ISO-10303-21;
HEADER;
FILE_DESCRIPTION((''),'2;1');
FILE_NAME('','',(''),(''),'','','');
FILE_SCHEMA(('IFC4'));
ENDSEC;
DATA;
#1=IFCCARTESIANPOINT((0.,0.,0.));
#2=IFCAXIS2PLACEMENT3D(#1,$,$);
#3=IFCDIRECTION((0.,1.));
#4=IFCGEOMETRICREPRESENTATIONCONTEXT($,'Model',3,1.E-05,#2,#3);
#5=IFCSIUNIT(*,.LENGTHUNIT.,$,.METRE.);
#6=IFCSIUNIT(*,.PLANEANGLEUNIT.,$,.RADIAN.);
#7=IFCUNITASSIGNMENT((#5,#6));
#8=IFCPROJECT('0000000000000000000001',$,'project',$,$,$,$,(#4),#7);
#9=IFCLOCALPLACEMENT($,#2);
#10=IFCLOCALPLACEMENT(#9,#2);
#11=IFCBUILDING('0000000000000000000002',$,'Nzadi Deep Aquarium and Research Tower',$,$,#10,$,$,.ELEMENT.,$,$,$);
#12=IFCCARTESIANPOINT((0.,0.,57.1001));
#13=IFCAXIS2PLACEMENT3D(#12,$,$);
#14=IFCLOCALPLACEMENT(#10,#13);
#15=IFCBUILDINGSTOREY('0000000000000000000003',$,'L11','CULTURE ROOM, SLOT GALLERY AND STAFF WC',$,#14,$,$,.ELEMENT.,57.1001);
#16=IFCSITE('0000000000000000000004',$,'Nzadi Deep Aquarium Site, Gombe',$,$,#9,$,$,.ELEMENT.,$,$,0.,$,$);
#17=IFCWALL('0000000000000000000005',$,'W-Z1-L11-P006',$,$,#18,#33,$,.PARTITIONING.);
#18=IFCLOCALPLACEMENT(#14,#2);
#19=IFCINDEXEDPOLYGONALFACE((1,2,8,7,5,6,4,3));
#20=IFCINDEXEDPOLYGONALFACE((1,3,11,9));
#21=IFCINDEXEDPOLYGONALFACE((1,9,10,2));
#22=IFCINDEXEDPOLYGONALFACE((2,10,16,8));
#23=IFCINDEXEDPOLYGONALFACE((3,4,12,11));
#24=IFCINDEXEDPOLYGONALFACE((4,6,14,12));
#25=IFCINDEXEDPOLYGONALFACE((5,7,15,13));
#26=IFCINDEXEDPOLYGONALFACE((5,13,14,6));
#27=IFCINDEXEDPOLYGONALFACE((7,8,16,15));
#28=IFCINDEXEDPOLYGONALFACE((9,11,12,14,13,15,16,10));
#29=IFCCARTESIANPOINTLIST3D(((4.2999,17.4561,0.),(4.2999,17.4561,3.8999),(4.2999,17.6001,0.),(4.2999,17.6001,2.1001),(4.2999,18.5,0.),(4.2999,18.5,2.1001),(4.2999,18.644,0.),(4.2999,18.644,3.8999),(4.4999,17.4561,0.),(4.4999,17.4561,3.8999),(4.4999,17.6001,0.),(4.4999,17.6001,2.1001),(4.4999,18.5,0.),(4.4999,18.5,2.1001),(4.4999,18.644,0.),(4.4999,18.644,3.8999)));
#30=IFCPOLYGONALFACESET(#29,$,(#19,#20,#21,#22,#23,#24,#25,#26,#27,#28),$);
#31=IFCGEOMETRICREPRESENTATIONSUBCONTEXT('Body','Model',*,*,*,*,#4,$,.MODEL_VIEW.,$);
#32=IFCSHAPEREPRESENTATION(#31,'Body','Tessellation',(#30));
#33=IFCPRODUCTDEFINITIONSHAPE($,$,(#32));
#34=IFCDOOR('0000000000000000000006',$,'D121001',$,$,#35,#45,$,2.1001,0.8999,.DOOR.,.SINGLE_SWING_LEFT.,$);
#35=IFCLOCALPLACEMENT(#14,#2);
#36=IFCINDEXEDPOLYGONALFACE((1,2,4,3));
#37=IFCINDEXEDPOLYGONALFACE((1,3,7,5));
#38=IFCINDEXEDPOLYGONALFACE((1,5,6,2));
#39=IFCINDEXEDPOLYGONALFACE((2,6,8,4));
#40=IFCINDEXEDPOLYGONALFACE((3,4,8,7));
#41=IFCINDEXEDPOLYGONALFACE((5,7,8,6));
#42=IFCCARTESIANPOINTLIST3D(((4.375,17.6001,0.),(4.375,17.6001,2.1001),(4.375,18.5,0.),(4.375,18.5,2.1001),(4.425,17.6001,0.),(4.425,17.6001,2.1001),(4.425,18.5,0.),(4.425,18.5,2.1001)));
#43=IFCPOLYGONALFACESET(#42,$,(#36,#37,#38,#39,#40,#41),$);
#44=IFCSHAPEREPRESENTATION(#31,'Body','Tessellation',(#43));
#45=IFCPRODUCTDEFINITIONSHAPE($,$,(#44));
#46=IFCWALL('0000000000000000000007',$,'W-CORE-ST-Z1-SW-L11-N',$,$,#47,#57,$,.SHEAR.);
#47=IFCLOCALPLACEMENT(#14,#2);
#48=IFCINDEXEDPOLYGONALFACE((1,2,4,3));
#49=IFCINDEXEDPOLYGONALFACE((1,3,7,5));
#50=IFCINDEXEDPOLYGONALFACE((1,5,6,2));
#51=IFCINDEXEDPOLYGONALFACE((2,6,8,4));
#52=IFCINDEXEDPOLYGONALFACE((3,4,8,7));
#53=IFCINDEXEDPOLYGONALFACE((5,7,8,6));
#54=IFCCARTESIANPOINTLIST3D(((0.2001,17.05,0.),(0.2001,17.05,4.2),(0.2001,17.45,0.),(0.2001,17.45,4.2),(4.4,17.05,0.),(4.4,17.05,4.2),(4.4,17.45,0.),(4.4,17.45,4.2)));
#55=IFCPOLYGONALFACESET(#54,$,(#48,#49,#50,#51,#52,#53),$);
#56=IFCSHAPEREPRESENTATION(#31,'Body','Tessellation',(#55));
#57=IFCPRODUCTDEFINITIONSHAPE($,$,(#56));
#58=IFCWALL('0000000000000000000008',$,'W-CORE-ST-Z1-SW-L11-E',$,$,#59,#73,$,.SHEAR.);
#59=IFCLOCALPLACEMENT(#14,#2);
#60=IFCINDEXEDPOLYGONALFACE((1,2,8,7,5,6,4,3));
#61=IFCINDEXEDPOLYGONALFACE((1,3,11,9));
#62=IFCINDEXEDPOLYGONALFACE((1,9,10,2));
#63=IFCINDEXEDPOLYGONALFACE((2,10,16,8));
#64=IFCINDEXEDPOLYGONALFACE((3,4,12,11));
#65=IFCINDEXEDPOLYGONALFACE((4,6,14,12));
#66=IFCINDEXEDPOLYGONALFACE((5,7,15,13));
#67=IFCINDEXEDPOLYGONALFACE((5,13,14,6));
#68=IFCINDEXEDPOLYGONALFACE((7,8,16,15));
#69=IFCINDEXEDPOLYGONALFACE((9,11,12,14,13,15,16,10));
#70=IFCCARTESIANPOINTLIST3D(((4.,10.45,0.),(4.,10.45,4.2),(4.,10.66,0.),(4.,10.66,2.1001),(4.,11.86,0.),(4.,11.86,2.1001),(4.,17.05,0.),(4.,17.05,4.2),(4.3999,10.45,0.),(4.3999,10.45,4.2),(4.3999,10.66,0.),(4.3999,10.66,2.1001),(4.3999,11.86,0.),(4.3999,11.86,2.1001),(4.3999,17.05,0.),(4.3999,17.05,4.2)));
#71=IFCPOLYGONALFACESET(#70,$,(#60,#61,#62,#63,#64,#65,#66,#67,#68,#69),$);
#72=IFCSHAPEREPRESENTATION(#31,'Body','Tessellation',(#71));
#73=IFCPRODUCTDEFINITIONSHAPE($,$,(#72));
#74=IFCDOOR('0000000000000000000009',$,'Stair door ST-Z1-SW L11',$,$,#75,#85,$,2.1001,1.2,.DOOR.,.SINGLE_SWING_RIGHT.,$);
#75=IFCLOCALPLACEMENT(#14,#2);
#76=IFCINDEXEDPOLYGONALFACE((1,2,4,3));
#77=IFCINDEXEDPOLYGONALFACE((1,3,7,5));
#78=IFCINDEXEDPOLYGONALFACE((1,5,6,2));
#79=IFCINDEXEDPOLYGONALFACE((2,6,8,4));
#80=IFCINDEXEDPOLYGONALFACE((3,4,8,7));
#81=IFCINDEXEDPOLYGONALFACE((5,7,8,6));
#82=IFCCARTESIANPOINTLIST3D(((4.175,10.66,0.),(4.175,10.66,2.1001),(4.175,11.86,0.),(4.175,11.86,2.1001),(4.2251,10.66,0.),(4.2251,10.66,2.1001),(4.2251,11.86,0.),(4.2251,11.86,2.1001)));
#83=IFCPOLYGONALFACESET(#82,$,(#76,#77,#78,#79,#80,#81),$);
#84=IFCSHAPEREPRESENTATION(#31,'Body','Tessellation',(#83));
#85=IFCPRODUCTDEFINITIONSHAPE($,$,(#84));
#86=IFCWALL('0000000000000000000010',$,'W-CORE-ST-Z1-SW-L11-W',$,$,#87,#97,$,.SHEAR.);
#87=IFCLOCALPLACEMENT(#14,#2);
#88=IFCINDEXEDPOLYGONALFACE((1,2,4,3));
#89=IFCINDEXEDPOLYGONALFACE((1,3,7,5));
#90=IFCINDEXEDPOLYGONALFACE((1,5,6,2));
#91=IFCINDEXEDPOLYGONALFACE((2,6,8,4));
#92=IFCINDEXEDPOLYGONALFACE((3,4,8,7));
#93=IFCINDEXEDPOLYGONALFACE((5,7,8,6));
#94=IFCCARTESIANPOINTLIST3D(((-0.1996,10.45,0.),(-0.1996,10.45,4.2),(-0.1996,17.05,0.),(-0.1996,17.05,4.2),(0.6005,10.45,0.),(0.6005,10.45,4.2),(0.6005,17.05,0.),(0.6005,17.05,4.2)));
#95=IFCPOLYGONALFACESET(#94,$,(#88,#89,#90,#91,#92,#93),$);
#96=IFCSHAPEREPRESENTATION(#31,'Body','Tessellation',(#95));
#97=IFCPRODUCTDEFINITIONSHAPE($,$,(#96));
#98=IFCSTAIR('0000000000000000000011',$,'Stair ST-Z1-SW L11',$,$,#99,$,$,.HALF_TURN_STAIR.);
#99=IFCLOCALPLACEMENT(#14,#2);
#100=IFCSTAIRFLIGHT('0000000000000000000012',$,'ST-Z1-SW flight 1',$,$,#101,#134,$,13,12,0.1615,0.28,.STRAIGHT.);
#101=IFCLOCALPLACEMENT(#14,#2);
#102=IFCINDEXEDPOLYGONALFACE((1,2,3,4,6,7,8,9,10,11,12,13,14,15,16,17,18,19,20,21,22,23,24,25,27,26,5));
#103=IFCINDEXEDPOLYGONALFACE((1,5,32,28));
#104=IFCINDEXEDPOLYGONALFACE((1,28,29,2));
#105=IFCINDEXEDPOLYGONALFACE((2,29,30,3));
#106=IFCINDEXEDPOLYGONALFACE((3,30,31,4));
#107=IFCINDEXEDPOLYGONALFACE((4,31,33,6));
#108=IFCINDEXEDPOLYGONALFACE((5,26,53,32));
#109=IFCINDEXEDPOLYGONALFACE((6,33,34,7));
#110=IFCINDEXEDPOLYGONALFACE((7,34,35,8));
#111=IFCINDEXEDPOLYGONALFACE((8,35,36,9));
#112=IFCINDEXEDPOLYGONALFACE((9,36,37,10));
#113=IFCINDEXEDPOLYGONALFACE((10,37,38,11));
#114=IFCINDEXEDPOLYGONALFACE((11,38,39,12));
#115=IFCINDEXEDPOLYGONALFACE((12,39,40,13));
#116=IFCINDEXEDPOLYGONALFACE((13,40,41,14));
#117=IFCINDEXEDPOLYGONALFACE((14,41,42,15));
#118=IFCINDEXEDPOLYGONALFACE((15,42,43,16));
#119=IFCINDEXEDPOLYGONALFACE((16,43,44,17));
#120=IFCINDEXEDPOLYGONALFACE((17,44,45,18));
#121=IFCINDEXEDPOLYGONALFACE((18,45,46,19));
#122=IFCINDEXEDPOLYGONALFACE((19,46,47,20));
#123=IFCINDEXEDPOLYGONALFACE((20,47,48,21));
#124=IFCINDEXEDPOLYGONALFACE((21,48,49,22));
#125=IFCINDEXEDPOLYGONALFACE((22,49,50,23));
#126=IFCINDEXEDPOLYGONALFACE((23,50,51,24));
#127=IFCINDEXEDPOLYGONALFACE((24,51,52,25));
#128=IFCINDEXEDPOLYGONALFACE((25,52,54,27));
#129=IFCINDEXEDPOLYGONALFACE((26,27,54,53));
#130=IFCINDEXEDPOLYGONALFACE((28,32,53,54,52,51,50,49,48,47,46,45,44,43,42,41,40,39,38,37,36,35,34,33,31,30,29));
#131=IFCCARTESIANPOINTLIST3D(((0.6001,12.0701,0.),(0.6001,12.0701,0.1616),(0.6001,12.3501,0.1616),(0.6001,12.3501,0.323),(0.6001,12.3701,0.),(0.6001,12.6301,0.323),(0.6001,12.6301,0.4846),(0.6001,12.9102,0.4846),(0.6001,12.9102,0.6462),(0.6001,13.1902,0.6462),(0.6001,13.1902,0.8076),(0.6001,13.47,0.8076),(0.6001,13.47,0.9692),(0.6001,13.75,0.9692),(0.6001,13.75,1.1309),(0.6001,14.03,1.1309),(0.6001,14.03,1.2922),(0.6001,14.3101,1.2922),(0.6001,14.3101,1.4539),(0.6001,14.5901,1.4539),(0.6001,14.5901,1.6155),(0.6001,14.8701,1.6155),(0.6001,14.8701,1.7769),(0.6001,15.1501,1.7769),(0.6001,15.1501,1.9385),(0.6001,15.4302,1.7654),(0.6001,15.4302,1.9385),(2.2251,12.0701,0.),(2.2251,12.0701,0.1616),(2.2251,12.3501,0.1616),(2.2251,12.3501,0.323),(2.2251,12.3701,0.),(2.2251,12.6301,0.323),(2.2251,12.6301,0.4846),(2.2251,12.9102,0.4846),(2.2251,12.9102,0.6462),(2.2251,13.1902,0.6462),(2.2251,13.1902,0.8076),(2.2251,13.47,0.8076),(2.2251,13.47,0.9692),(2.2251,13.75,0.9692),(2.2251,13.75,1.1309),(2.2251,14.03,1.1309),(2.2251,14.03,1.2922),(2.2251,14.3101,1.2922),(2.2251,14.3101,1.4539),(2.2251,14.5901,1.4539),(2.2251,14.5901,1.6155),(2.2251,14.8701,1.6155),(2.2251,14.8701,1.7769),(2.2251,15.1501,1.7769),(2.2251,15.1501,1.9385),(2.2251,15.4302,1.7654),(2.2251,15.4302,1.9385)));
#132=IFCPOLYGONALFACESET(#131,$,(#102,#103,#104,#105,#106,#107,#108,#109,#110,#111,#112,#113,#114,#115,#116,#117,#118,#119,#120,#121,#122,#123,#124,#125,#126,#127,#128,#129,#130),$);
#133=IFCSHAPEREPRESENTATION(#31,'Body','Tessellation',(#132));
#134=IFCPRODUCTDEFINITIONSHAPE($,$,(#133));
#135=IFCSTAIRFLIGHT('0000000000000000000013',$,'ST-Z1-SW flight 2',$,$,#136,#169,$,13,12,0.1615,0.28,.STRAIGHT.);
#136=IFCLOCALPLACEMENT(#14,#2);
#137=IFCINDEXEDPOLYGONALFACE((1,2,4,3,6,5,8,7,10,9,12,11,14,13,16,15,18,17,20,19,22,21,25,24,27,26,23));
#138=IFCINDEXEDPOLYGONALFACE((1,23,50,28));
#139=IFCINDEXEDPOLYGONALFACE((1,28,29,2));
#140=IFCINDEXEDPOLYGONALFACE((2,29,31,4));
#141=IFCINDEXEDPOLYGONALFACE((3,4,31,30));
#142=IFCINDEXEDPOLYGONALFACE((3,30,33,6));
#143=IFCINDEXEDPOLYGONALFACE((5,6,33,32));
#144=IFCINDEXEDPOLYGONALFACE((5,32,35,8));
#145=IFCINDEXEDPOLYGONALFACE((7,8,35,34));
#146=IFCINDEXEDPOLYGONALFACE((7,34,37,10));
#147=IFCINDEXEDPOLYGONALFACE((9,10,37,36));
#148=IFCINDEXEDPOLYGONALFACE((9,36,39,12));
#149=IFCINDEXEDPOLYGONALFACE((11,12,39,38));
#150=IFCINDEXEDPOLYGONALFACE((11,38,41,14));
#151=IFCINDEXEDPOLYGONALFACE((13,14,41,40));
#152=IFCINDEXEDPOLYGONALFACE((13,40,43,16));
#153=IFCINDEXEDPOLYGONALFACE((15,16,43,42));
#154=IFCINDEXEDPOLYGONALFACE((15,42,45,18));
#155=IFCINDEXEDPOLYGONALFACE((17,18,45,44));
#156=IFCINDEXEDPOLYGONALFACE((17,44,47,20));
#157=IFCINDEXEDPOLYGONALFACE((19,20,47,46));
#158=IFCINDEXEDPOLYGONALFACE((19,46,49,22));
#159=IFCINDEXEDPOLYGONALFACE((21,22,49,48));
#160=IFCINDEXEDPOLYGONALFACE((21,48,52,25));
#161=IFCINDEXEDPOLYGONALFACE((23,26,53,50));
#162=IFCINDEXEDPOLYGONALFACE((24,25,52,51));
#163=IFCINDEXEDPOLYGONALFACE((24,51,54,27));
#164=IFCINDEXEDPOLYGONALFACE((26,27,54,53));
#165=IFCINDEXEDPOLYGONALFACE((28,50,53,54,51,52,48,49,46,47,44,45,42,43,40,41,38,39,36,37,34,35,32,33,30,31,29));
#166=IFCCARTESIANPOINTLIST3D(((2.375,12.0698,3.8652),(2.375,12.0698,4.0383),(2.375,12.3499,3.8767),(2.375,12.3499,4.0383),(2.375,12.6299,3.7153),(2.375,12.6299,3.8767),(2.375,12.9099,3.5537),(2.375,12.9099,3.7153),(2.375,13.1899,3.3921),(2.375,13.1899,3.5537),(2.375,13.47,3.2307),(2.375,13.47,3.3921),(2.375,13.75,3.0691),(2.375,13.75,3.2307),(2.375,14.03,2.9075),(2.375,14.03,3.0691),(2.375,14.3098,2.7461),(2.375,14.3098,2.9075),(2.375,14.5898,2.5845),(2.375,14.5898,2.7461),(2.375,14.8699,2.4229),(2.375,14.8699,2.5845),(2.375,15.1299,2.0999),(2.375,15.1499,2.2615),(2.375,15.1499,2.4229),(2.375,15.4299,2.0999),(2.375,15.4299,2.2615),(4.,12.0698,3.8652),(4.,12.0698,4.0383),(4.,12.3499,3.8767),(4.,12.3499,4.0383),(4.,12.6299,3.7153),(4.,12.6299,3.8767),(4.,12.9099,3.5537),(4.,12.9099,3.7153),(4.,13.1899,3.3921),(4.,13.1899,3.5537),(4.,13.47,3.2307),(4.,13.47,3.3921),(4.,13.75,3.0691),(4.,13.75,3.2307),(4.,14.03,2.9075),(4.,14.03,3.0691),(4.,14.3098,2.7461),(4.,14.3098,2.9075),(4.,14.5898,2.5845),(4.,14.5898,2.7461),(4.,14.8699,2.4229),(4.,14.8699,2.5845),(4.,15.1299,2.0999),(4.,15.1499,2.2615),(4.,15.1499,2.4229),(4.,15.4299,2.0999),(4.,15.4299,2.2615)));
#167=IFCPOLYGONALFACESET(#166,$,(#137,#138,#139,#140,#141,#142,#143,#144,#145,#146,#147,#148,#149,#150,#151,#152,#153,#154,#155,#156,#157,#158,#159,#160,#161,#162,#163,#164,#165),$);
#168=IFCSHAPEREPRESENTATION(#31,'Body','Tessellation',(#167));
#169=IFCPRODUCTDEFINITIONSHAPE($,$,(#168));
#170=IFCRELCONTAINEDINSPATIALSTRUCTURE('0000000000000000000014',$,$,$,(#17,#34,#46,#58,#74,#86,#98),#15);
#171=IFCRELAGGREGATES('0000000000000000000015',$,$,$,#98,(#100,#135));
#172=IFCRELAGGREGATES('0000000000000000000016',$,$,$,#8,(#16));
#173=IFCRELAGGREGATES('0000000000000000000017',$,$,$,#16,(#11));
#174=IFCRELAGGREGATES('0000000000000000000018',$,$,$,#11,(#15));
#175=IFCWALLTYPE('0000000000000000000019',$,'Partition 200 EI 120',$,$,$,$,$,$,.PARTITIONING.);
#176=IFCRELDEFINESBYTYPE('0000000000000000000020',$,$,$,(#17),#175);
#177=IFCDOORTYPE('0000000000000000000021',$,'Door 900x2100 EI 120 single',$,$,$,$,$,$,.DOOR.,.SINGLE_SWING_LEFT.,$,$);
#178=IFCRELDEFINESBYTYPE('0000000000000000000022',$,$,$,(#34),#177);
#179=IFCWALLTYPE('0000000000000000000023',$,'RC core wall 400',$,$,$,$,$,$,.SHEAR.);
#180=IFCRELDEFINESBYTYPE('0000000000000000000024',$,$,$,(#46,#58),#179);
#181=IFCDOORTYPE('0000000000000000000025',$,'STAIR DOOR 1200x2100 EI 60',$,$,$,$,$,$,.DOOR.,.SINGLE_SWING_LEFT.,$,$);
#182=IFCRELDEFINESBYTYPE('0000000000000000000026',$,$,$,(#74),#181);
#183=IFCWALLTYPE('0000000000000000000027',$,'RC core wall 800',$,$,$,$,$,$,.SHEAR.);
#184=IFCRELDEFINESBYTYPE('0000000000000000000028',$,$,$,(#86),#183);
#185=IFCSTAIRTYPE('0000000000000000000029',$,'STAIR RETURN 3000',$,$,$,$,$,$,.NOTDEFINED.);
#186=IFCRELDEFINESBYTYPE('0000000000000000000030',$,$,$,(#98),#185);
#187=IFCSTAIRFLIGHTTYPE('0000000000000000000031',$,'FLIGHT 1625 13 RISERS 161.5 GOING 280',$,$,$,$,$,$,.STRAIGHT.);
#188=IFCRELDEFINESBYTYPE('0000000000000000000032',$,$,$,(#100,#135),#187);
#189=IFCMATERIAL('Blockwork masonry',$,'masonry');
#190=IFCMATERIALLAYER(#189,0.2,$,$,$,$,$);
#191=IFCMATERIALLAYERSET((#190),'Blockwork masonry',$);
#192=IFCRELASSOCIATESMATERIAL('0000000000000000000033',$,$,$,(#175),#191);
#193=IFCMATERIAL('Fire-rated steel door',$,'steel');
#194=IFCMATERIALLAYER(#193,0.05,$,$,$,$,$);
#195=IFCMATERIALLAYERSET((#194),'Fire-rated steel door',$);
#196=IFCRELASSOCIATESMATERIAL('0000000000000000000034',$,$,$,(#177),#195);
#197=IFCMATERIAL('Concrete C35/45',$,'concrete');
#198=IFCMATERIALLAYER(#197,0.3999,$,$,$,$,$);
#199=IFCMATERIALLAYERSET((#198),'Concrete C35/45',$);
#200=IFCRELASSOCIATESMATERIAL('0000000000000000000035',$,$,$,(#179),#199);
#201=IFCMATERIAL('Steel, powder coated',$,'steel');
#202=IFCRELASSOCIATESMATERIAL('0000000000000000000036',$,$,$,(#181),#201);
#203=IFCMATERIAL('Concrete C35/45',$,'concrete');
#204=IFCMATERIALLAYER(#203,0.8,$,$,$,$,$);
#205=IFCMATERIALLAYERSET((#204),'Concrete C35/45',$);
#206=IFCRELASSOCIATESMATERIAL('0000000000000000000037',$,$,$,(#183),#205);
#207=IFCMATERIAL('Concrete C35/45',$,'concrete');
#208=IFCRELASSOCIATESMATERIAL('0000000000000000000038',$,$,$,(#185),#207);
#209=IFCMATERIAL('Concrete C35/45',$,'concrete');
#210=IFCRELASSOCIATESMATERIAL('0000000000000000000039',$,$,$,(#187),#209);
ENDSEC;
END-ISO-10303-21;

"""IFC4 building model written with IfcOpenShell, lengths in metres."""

from ifc_helpers import new_model, si_unit, direction, frame, frame_2d, origin, place, context, subcontext, project, spatial, polyline, rectangle, outline, extrude, material, layer, layer_set, type_object, element, fill, aggregate, save


model = new_model("IFC4")

# Units and contexts
model_context = context("Model", 3, precision=1e-05, world=origin(), true_north=direction((0.0, 1.0)))
body_context = subcontext(model_context, "Body", "Model", "MODEL_VIEW")
ifc_project = project(units=[si_unit("LENGTHUNIT", "METRE"), si_unit("PLANEANGLEUNIT", "RADIAN")], contexts=[model_context])

# Site, building, storey
site_placement = place(None, origin())
site = spatial("IfcSite", under=ifc_project, at=site_placement, Name="Nzadi Deep Aquarium Site, Gombe", CompositionType="ELEMENT", RefElevation=0.0)
building_placement = place(site_placement, origin())
building = spatial("IfcBuilding", under=site, at=building_placement, Name="Nzadi Deep Aquarium and Research Tower", CompositionType="ELEMENT")
storey_placement = place(building_placement, frame((0.0, 0.0, 57.1001)))
storey = spatial("IfcBuildingStorey", under=building, at=storey_placement, Name="L11", Description="CULTURE ROOM, SLOT GALLERY AND STAFF WC", CompositionType="ELEMENT", Elevation=57.1001)

# Wall, opening, door
ifc_material_1 = material(Name="Blockwork masonry", Category="masonry")
ifc_layer_1 = layer(ifc_material_1, 0.2)
ifc_layer_set_1 = layer_set([ifc_layer_1], Name="Blockwork masonry")
wall_type_1 = type_object("IfcWallType", Name="Partition 200 EI 120", PredefinedType="PARTITIONING", material=ifc_layer_set_1)
wall_1_placement = place(storey_placement, frame((4.3999, 17.4561, 0.0), z_axis=(0.0, 0.0, 1.0), x_axis=(0.0, 1.0, 0.0)))
wall_1 = element("IfcWall", 1, at=wall_1_placement, inside=storey, type_object=wall_type_1, Name="W-Z1-L11-P006", PredefinedType="PARTITIONING", context=body_context, shape_type="SweptSolid", body=[
    extrude(rectangle(XDim=1.188, YDim=0.2, at=frame_2d((0.594, 0.0))), origin(), (0.0, 0.0, 1.0), 3.8999),
])
opening_1_placement = place(wall_1_placement, frame((0.144, 0.0, 0.0)))
opening_1 = element("IfcOpeningElement", 2, at=opening_1_placement, cuts=wall_1, PredefinedType="OPENING", context=body_context, shape_type="SweptSolid", body=[
    extrude(rectangle(XDim=0.8999, YDim=2.1001, at=frame_2d((0.45, 1.05))), frame((0.0, 0.1101, 0.0), z_axis=(0.0, -1.0, 0.0), x_axis=(1.0, 0.0, 0.0)), (0.0, 0.0, 1.0), 0.2202),
])
ifc_material_2 = material(Name="Fire-rated steel door", Category="steel")
ifc_layer_2 = layer(ifc_material_2, 0.05)
ifc_layer_set_2 = layer_set([ifc_layer_2], Name="Fire-rated steel door")
door_type_1 = type_object("IfcDoorType", Name="Door 900x2100 EI 120 single", OperationType="SINGLE_SWING_LEFT", PredefinedType="DOOR", material=ifc_layer_set_2)
door_1_placement = place(opening_1_placement, origin())
door_1 = element("IfcDoor", 3, at=door_1_placement, inside=storey, type_object=door_type_1, Name="D121001", OperationType="SINGLE_SWING_LEFT", OverallHeight=2.1001, OverallWidth=0.8999, PredefinedType="DOOR", context=body_context, shape_type="SweptSolid", body=[
    extrude(rectangle(XDim=0.8999, YDim=2.1001, at=frame_2d((0.45, 1.05))), frame((0.0, 0.0249, 0.0), z_axis=(0.0, -1.0, 0.0), x_axis=(1.0, 0.0, 0.0)), (0.0, 0.0, 1.0), 0.05),
])
fill(opening_1, door_1)

# Wall
ifc_material_3 = material(Name="Concrete C35/45", Category="concrete")
ifc_layer_3 = layer(ifc_material_3, 0.3999)
ifc_layer_set_3 = layer_set([ifc_layer_3], Name="Concrete C35/45")
wall_type_2 = type_object("IfcWallType", Name="RC core wall 400", PredefinedType="SHEAR", material=ifc_layer_set_3)
wall_2_placement = place(storey_placement, frame((0.2, 17.25, 0.0), z_axis=(0.0, 0.0, 1.0), x_axis=(1.0, 0.0, 0.0)))
element("IfcWall", 4, at=wall_2_placement, inside=storey, type_object=wall_type_2, Name="W-CORE-ST-Z1-SW-L11-N", PredefinedType="SHEAR", context=body_context, shape_type="SweptSolid", body=[
    extrude(rectangle(XDim=4.2, YDim=0.3999, at=frame_2d((2.1001, 0.0))), origin(), (0.0, 0.0, 1.0), 4.2),
])

# Wall, opening, door
wall_3_placement = place(storey_placement, frame((4.2, 10.45, 0.0), z_axis=(0.0, 0.0, 1.0), x_axis=(0.0, 1.0, 0.0)))
wall_3 = element("IfcWall", 5, at=wall_3_placement, inside=storey, type_object=wall_type_2, Name="W-CORE-ST-Z1-SW-L11-E", PredefinedType="SHEAR", context=body_context, shape_type="SweptSolid", body=[
    extrude(rectangle(XDim=6.6001, YDim=0.3999, at=frame_2d((3.3, 0.0))), origin(), (0.0, 0.0, 1.0), 4.2),
])
opening_2_placement = place(wall_3_placement, frame((0.21, 0.0, 0.0)))
opening_2 = element("IfcOpeningElement", 6, at=opening_2_placement, cuts=wall_3, PredefinedType="OPENING", context=body_context, shape_type="SweptSolid", body=[
    extrude(rectangle(XDim=1.2, YDim=2.1001, at=frame_2d((0.6001, 1.05))), frame((0.0, 0.21, 0.0), z_axis=(0.0, -1.0, 0.0), x_axis=(1.0, 0.0, 0.0)), (0.0, 0.0, 1.0), 0.4199),
])
ifc_material_4 = material(Name="Steel, powder coated", Category="steel")
door_type_2 = type_object("IfcDoorType", Name="STAIR DOOR 1200x2100 EI 60", OperationType="SINGLE_SWING_LEFT", PredefinedType="DOOR", material=ifc_material_4)
door_2_placement = place(opening_2_placement, origin())
door_2 = element("IfcDoor", 7, at=door_2_placement, inside=storey, type_object=door_type_2, Name="Stair door ST-Z1-SW L11", OperationType="SINGLE_SWING_RIGHT", OverallHeight=2.1001, OverallWidth=1.2, PredefinedType="DOOR", context=body_context, shape_type="SweptSolid", body=[
    extrude(rectangle(XDim=1.2, YDim=2.1001, at=frame_2d((0.6001, 1.05))), frame((0.0, 0.0249, 0.0), z_axis=(0.0, -1.0, 0.0), x_axis=(1.0, 0.0, 0.0)), (0.0, 0.0, 1.0), 0.05),
])
fill(opening_2, door_2)

# Wall
ifc_material_5 = material(Name="Concrete C35/45", Category="concrete")
ifc_layer_4 = layer(ifc_material_5, 0.8)
ifc_layer_set_4 = layer_set([ifc_layer_4], Name="Concrete C35/45")
wall_type_3 = type_object("IfcWallType", Name="RC core wall 800", PredefinedType="SHEAR", material=ifc_layer_set_4)
wall_4_placement = place(storey_placement, frame((0.2004, 10.45, 0.0), z_axis=(0.0, 0.0, 1.0), x_axis=(0.0, 1.0, 0.0)))
element("IfcWall", 8, at=wall_4_placement, inside=storey, type_object=wall_type_3, Name="W-CORE-ST-Z1-SW-L11-W", PredefinedType="SHEAR", context=body_context, shape_type="SweptSolid", body=[
    extrude(rectangle(XDim=6.6001, YDim=0.8, at=frame_2d((3.3, 0.0))), origin(), (0.0, 0.0, 1.0), 4.2),
])

# Stair, stair flights
ifc_material_6 = material(Name="Concrete C35/45", Category="concrete")
stair_type = type_object("IfcStairType", Name="STAIR RETURN 3000", PredefinedType="NOTDEFINED", material=ifc_material_6)
stair_placement = place(storey_placement, origin())
stair = element("IfcStair", 9, at=stair_placement, inside=storey, type_object=stair_type, Name="Stair ST-Z1-SW L11", PredefinedType="HALF_TURN_STAIR")
ifc_material_7 = material(Name="Concrete C35/45", Category="concrete")
stair_flight_type = type_object("IfcStairFlightType", Name="FLIGHT 1625 13 RISERS 161.5 GOING 280", PredefinedType="STRAIGHT", material=ifc_material_7)
stair_flight_1_placement = place(storey_placement, frame((1.4126, 12.0701, 0.0), z_axis=(0.0, 0.0, 1.0), x_axis=(0.0, 1.0, 0.0)))
stair_flight_1 = element("IfcStairFlight", 10, at=stair_flight_1_placement, type_object=stair_flight_type, Name="ST-Z1-SW flight 1", NumberOfRisers=13, NumberOfTreads=12, PredefinedType="STRAIGHT", RiserHeight=0.1615, TreadLength=0.28, context=body_context, shape_type="SweptSolid", body=[
    extrude(outline(polyline([(0.0, 0.0), (0.0, 0.1616), (0.28, 0.1616), (0.28, 0.323), (0.5601, 0.323), (0.5601, 0.4846), (0.8401, 0.4846), (0.8401, 0.6462), (1.1201, 0.6462), (1.1201, 0.8076), (1.3999, 0.8076), (1.3999, 0.9692), (1.6799, 0.9692), (1.6799, 1.1309), (1.96, 1.1309), (1.96, 1.2922), (2.24, 1.2922), (2.24, 1.4539), (2.52, 1.4539), (2.52, 1.6155), (2.8, 1.6155), (2.8, 1.7769), (3.0801, 1.7769), (3.0801, 1.9385), (3.3601, 1.9385), (3.3601, 2.1001), (3.3601, 1.7654), (0.3, 0.0), (0.0, 0.0)])), frame((0.0, 0.8125, 0.0), z_axis=(0.0, -1.0, 0.0), x_axis=(1.0, 0.0, 0.0)), (0.0, 0.0, 1.0), 1.625),
])
stair_flight_2_placement = place(storey_placement, frame((3.1875, 15.4299, 2.0999), z_axis=(0.0, 0.0, 1.0), x_axis=(0.0, -1.0, 0.0)))
stair_flight_2 = element("IfcStairFlight", 11, at=stair_flight_2_placement, type_object=stair_flight_type, Name="ST-Z1-SW flight 2", NumberOfRisers=13, NumberOfTreads=12, PredefinedType="STRAIGHT", RiserHeight=0.1615, TreadLength=0.28, context=body_context, shape_type="SweptSolid", body=[
    extrude(outline(polyline([(0.0, 0.0), (0.0, 0.1616), (0.28, 0.1616), (0.28, 0.323), (0.5601, 0.323), (0.5601, 0.4846), (0.8401, 0.4846), (0.8401, 0.6462), (1.1201, 0.6462), (1.1201, 0.8076), (1.3999, 0.8076), (1.3999, 0.9692), (1.6799, 0.9692), (1.6799, 1.1309), (1.96, 1.1309), (1.96, 1.2922), (2.24, 1.2922), (2.24, 1.4539), (2.52, 1.4539), (2.52, 1.6155), (2.8, 1.6155), (2.8, 1.7769), (3.0801, 1.7769), (3.0801, 1.9385), (3.3601, 1.9385), (3.3601, 2.1001), (3.3601, 1.7654), (0.3, 0.0), (0.0, 0.0)])), frame((0.0, 0.8125, 0.0), z_axis=(0.0, -1.0, 0.0), x_axis=(1.0, 0.0, 0.0)), (0.0, 0.0, 1.0), 1.625),
])
aggregate(stair, [stair_flight_1, stair_flight_2])

save(model, "model.ifc")
